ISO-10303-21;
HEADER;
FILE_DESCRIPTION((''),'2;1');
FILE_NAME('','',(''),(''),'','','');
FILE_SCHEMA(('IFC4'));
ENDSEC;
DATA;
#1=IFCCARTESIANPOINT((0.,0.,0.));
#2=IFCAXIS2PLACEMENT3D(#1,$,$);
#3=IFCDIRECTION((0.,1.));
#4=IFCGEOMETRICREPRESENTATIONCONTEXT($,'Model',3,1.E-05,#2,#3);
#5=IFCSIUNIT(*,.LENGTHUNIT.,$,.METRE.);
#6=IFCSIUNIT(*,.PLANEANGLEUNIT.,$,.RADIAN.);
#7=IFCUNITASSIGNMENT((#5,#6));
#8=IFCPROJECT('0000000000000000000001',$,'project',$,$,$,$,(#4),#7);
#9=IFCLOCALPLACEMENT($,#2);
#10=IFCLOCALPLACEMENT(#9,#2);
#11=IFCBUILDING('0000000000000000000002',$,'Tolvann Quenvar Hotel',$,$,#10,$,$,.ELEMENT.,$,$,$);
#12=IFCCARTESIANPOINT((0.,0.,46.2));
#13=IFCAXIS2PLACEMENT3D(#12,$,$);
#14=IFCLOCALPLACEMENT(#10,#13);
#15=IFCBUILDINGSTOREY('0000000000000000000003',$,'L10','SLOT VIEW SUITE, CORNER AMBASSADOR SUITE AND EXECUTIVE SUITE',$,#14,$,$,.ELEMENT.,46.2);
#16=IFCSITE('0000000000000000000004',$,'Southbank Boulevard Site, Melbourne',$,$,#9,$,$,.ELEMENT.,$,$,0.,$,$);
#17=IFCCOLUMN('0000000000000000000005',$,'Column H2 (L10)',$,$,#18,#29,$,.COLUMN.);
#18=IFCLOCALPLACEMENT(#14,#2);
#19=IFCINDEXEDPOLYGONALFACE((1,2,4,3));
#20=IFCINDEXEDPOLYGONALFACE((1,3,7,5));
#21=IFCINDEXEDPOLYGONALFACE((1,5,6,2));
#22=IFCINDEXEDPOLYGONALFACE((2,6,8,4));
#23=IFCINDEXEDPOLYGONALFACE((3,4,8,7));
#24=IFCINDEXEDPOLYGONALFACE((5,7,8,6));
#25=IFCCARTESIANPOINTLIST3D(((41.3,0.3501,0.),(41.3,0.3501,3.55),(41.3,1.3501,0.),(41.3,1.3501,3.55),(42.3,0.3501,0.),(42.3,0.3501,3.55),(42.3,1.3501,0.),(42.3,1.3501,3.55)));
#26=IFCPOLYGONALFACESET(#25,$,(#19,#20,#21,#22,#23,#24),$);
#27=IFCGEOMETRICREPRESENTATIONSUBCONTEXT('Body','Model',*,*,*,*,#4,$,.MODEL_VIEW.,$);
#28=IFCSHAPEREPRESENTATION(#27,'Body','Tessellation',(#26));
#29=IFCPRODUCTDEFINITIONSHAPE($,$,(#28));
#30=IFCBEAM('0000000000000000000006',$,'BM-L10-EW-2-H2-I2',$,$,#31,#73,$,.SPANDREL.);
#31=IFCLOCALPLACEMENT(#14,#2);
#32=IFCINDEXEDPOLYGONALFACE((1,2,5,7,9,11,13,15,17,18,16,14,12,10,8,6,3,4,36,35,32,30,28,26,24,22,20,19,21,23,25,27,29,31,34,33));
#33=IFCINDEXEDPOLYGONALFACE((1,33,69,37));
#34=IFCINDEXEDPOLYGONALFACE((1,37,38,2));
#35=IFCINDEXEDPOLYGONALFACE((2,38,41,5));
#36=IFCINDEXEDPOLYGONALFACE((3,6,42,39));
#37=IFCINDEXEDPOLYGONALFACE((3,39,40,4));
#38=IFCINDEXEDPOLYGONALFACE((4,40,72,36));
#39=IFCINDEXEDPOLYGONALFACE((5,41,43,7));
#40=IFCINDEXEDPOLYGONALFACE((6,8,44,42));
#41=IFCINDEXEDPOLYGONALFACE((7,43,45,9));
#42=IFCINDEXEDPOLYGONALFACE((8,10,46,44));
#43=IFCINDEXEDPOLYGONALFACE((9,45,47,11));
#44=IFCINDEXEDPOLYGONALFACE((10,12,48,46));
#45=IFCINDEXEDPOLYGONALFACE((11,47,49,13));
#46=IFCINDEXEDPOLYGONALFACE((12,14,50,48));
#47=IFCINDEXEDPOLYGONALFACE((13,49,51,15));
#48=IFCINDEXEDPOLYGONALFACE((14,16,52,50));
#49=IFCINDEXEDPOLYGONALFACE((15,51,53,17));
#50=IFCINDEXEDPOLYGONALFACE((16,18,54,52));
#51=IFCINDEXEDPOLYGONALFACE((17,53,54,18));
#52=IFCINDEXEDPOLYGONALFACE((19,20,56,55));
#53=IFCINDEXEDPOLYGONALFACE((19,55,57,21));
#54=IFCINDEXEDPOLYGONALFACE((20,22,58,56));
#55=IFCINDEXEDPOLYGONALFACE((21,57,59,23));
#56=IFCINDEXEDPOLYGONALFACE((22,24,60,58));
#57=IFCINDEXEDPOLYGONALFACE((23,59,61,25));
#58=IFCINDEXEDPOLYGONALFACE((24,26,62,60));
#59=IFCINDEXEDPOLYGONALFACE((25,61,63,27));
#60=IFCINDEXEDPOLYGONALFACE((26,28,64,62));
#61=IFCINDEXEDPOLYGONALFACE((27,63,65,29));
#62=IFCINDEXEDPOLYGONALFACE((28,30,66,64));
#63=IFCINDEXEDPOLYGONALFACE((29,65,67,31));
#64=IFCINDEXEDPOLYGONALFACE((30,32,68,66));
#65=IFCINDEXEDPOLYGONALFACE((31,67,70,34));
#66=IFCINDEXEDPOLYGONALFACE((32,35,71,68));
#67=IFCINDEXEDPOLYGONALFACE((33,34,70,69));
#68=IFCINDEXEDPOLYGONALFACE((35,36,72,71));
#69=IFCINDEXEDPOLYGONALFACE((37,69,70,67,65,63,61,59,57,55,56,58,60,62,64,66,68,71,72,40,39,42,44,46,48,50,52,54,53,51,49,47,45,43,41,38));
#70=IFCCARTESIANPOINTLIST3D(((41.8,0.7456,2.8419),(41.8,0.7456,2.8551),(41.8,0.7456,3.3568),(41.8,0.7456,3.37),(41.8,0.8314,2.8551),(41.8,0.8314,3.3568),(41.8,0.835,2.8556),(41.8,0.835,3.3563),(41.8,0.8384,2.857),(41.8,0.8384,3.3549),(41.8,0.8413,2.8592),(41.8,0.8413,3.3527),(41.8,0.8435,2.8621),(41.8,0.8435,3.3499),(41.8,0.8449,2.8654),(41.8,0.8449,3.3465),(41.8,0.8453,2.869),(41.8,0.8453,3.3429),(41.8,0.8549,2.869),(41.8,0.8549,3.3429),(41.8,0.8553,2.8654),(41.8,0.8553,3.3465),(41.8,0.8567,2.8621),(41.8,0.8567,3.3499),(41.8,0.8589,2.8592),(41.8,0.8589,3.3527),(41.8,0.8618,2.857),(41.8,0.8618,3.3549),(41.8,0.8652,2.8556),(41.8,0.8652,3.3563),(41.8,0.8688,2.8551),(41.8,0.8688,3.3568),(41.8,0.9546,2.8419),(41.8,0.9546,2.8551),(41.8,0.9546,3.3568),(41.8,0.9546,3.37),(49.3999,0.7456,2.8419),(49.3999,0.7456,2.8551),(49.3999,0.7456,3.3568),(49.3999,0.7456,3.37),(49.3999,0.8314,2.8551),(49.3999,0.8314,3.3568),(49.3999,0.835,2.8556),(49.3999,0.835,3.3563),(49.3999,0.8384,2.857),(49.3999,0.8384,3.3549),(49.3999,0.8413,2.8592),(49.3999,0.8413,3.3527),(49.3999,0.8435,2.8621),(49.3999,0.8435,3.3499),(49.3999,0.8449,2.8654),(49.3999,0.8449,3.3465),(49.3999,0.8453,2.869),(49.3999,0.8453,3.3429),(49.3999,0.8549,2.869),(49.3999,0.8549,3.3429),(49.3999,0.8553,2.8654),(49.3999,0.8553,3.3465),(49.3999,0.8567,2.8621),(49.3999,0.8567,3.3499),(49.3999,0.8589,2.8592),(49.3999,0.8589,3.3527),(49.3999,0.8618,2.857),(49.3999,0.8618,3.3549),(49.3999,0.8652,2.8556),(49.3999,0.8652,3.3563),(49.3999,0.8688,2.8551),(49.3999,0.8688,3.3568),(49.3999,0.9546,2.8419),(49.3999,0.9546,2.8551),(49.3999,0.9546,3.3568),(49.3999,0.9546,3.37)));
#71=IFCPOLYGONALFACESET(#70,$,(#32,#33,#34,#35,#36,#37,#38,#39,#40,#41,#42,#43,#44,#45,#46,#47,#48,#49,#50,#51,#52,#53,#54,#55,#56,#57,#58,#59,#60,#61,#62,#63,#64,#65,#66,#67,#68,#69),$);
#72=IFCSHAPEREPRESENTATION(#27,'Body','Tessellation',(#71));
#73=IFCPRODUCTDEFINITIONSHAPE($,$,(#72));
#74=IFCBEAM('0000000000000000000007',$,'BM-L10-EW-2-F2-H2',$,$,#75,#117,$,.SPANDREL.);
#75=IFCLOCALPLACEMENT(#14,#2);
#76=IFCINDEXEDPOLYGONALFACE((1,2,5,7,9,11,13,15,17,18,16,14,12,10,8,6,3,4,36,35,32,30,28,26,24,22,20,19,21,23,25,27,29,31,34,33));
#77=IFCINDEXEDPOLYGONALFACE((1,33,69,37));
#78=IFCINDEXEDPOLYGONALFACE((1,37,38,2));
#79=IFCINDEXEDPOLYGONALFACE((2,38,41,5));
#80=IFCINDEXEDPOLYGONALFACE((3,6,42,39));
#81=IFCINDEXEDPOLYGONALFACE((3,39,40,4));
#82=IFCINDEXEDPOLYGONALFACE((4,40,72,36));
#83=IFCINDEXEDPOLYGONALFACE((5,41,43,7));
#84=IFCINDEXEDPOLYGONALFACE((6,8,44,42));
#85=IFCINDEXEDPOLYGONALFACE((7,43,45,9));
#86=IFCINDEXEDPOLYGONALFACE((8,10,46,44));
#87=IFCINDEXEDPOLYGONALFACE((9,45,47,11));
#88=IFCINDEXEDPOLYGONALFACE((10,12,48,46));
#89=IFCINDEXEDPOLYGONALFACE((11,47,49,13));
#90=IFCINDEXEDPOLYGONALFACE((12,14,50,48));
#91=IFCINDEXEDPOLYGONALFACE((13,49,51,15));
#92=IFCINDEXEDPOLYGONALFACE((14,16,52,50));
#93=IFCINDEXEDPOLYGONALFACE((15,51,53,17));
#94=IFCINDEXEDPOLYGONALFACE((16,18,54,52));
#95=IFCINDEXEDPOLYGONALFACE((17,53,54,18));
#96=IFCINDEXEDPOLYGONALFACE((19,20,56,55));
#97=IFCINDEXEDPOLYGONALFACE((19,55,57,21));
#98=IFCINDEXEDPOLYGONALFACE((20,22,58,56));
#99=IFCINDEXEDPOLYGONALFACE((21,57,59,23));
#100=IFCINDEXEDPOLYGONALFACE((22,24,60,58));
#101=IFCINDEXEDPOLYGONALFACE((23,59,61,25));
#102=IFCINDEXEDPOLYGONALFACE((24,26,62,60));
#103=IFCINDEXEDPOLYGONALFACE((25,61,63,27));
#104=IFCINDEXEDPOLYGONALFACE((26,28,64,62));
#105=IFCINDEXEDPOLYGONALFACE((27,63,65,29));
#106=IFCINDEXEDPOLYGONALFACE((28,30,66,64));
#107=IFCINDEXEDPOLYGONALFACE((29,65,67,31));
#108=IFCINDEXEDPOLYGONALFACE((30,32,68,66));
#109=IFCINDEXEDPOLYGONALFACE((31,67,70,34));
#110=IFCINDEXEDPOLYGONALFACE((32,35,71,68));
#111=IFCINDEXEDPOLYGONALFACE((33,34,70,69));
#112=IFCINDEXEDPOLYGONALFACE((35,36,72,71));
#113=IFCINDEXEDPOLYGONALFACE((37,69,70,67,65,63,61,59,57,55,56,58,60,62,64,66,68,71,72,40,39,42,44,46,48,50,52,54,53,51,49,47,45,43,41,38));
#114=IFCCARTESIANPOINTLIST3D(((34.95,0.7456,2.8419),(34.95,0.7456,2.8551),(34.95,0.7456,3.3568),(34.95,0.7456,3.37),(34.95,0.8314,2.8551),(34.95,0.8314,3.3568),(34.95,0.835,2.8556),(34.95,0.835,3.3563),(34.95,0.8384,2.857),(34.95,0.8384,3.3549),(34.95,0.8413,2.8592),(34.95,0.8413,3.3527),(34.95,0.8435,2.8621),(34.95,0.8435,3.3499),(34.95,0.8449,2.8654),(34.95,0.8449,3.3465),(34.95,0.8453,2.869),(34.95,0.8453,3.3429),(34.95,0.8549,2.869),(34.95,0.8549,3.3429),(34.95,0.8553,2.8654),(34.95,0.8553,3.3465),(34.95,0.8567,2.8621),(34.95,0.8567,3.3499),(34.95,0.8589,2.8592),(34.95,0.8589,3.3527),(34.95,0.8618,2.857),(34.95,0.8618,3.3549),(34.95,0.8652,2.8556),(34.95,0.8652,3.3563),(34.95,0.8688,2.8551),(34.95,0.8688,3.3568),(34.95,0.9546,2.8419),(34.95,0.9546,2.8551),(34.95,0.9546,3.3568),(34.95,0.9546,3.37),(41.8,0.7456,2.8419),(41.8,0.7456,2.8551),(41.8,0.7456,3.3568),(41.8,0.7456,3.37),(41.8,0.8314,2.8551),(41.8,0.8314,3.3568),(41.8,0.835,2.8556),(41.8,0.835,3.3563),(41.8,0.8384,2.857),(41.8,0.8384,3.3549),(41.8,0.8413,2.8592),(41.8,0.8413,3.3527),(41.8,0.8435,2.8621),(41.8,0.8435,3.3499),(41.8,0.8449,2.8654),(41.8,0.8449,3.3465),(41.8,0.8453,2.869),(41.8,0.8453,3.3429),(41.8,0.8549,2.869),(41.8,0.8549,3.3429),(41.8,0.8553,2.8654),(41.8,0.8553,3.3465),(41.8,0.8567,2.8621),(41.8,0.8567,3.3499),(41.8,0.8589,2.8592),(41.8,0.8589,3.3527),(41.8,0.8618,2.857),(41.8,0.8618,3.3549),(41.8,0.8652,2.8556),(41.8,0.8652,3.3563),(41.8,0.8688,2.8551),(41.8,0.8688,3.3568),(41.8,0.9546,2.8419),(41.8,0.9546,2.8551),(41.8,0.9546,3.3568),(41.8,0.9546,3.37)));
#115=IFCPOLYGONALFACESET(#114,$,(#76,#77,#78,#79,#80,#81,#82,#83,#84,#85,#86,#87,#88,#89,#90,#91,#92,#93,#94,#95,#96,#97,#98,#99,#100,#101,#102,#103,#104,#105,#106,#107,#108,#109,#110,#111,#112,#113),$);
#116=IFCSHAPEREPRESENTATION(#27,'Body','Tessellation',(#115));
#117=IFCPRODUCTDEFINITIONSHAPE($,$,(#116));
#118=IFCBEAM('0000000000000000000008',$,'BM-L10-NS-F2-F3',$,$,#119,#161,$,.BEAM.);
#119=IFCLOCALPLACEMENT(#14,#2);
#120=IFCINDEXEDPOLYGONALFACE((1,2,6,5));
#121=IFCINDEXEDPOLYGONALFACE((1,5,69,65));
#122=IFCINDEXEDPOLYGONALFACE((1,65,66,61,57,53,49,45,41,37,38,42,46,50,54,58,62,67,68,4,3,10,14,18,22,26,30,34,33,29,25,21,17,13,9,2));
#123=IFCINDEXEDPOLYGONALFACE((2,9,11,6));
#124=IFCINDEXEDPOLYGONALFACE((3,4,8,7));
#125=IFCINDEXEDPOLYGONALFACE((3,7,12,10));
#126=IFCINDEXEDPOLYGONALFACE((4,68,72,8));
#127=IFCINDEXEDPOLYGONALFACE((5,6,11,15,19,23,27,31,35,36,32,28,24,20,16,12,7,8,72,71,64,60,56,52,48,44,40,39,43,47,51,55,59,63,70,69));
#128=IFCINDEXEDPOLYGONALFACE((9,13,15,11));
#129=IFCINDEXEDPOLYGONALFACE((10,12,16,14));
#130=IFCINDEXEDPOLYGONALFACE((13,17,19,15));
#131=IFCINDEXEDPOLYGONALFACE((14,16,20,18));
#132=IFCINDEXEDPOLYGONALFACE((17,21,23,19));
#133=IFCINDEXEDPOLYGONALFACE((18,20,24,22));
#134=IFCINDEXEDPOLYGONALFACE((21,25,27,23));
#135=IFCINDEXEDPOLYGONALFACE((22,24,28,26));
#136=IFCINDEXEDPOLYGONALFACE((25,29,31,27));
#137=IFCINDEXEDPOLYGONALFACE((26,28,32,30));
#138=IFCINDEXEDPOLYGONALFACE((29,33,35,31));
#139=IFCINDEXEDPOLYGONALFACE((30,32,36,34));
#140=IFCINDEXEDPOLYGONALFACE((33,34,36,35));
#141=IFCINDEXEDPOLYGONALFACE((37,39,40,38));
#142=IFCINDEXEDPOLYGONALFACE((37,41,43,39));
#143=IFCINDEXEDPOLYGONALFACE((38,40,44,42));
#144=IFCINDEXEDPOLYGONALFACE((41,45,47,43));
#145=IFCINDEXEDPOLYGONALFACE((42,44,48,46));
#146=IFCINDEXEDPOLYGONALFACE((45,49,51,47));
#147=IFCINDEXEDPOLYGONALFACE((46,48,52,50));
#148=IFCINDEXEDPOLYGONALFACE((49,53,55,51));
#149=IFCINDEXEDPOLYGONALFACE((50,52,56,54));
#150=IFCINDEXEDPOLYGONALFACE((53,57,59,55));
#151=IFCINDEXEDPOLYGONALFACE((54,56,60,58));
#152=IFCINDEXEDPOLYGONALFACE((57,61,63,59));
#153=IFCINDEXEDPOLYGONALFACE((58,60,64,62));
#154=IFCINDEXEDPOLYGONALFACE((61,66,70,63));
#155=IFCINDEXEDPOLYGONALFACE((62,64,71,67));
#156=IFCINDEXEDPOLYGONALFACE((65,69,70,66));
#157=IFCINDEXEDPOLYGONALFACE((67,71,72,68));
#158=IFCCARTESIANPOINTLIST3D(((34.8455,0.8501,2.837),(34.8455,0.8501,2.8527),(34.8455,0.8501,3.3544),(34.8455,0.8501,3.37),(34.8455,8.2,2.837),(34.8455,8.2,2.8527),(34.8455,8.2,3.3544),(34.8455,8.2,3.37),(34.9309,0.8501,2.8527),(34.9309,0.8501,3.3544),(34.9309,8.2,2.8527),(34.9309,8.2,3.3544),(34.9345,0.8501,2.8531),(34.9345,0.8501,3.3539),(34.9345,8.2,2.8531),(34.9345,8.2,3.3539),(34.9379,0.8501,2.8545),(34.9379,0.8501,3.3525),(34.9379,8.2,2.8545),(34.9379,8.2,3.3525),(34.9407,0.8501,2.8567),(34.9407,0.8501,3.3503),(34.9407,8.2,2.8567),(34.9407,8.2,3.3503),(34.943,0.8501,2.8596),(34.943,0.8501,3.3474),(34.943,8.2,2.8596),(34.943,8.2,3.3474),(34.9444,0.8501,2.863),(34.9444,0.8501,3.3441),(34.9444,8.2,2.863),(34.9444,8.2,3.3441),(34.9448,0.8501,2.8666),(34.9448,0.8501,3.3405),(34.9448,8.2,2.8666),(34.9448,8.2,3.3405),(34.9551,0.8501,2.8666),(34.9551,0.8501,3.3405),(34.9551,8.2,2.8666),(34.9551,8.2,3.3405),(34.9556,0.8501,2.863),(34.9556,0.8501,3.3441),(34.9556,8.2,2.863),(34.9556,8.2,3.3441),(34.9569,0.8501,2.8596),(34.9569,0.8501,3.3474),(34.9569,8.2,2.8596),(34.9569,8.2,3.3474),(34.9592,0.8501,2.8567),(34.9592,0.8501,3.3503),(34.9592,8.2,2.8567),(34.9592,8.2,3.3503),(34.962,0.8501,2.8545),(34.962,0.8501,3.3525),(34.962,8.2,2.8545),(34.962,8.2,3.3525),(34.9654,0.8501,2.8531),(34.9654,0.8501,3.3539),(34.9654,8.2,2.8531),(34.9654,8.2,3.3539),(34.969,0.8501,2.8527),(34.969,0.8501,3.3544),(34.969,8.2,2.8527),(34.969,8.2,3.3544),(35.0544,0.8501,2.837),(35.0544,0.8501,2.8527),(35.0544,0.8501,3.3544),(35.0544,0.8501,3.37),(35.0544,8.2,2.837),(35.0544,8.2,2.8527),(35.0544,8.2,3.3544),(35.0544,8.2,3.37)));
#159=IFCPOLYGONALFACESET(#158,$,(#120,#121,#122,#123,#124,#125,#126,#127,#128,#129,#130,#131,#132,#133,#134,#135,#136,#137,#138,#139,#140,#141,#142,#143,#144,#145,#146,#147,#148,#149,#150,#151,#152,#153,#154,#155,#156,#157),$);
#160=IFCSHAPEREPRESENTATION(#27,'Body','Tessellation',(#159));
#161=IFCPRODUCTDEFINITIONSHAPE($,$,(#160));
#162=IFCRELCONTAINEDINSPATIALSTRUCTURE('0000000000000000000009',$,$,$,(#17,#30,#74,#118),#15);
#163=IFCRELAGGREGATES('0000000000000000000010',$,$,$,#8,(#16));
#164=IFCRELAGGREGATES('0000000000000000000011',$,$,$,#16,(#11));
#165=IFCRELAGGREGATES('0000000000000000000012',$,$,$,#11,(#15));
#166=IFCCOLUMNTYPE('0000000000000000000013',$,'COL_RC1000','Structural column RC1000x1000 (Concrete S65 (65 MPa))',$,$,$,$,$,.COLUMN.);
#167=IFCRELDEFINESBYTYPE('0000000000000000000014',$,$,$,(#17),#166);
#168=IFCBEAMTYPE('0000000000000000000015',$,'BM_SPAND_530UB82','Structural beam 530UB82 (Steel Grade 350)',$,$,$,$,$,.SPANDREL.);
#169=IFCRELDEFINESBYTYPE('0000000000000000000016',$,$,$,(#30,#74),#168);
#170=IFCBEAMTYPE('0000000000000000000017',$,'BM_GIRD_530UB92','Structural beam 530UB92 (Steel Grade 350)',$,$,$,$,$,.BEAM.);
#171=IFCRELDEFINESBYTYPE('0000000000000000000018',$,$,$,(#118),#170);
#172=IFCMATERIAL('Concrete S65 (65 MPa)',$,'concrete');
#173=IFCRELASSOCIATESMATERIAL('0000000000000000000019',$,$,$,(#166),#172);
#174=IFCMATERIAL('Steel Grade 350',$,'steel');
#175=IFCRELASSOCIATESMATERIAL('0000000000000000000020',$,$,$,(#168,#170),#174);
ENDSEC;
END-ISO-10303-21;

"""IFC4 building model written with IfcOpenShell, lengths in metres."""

from ifc_helpers import new_model, si_unit, direction, frame, origin, origin_2d, place, context, subcontext, project, spatial, rectangle, i_section, extrude, source, transform, mapped, material, material_profile, profile_set, type_object, type_shapes, element, save


model = new_model("IFC4")

# Units and contexts
model_context = context("Model", 3, precision=1e-05, world=origin(), true_north=direction((0.0, 1.0)))
body_context = subcontext(model_context, "Body", "Model", "MODEL_VIEW")
ifc_project = project(units=[si_unit("LENGTHUNIT", "METRE"), si_unit("PLANEANGLEUNIT", "RADIAN")], contexts=[model_context])

# Site, building, storey
site_placement = place(None, origin())
site = spatial("IfcSite", under=ifc_project, at=site_placement, Name="Southbank Boulevard Site, Melbourne", CompositionType="ELEMENT", RefElevation=0.0)
building_placement = place(site_placement, origin())
building = spatial("IfcBuilding", under=site, at=building_placement, Name="Tolvann Quenvar Hotel", CompositionType="ELEMENT")
storey_placement = place(building_placement, frame((0.0, 0.0, 46.2)))
storey = spatial("IfcBuildingStorey", under=building, at=storey_placement, Name="L10", Description="SLOT VIEW SUITE, CORNER AMBASSADOR SUITE AND EXECUTIVE SUITE", CompositionType="ELEMENT", Elevation=46.2)

# Column
ifc_material_1 = material(Name="Concrete S65 (65 MPa)", Category="concrete")
ifc_material_profile_1 = material_profile(ifc_material_1, rectangle(XDim=1.0, YDim=1.0, at=origin_2d()), Name="RC1000x1000")
ifc_profile_set_1 = profile_set([ifc_material_profile_1], Name="Concrete S65 (65 MPa)")
column_type = type_object("IfcColumnType", Name="COL_RC1000", Description="Structural column RC1000x1000 (Concrete S65 (65 MPa))", PredefinedType="COLUMN", material=ifc_profile_set_1)
shared_shape_1 = source(origin(), body_context, "Body", "SweptSolid", [
    extrude(rectangle(XDim=1.0, YDim=1.0, at=origin_2d()), origin(), (0.0, 0.0, 1.0), 3.55),
])
type_shapes(column_type, [shared_shape_1])
column_placement = place(storey_placement, frame((41.8, 0.8501, 0.0), z_axis=(0.0, 0.0, 1.0), x_axis=(1.0, 0.0, 0.0)))
element("IfcColumn", 1, at=column_placement, inside=storey, type_object=column_type, Name="Column H2 (L10)", PredefinedType="COLUMN", context=body_context, shape_type="MappedRepresentation", body=[
    mapped(shared_shape_1, transform((0.0, 0.0, 0.0), x_axis=(1.0, 0.0, 0.0), y_axis=(0.0, 1.0, 0.0), z_axis=(0.0, 0.0, 1.0), scale=1.0)),
])

# Beams
ifc_material_2 = material(Name="Steel Grade 350", Category="steel")
ifc_material_profile_2 = material_profile(ifc_material_2, i_section(OverallWidth=0.209, OverallDepth=0.5281, WebThickness=0.0095, FlangeThickness=0.0132, FilletRadius=0.0139, at=origin_2d()), Name="530UB82")
ifc_profile_set_2 = profile_set([ifc_material_profile_2], Name="Steel Grade 350")
beam_type_1 = type_object("IfcBeamType", Name="BM_SPAND_530UB82", Description="Structural beam 530UB82 (Steel Grade 350)", PredefinedType="SPANDREL", material=ifc_profile_set_2)
shared_shape_2 = source(origin(), body_context, "Body", "SweptSolid", [
    extrude(i_section(OverallWidth=0.209, OverallDepth=0.5281, WebThickness=0.0095, FlangeThickness=0.0132, FilletRadius=0.0139, at=origin_2d()), origin(), (0.0, 0.0, 1.0), 7.5999),
])
beam_1_placement = place(storey_placement, frame((41.8, 0.8501, 3.106), z_axis=(1.0, 0.0, 0.0), x_axis=(0.0, 1.0, 0.0)))
element("IfcBeam", 2, at=beam_1_placement, inside=storey, type_object=beam_type_1, Name="BM-L10-EW-2-H2-I2", PredefinedType="SPANDREL", context=body_context, shape_type="MappedRepresentation", body=[
    mapped(shared_shape_2, transform((0.0, 0.0, 0.0), x_axis=(1.0, 0.0, 0.0), y_axis=(0.0, 1.0, 0.0), z_axis=(0.0, 0.0, 1.0), scale=1.0)),
])
shared_shape_3 = source(origin(), body_context, "Body", "SweptSolid", [
    extrude(i_section(OverallWidth=0.209, OverallDepth=0.5281, WebThickness=0.0095, FlangeThickness=0.0132, FilletRadius=0.0139, at=origin_2d()), origin(), (0.0, 0.0, 1.0), 6.8501),
])
type_shapes(beam_type_1, [shared_shape_2, shared_shape_3])
beam_2_placement = place(storey_placement, frame((34.95, 0.8501, 3.106), z_axis=(1.0, 0.0, 0.0), x_axis=(0.0, 1.0, 0.0)))
element("IfcBeam", 3, at=beam_2_placement, inside=storey, type_object=beam_type_1, Name="BM-L10-EW-2-F2-H2", PredefinedType="SPANDREL", context=body_context, shape_type="MappedRepresentation", body=[
    mapped(shared_shape_3, transform((0.0, 0.0, 0.0), x_axis=(1.0, 0.0, 0.0), y_axis=(0.0, 1.0, 0.0), z_axis=(0.0, 0.0, 1.0), scale=1.0)),
])
ifc_material_profile_3 = material_profile(ifc_material_2, i_section(OverallWidth=0.209, OverallDepth=0.533, WebThickness=0.0103, FlangeThickness=0.0156, FilletRadius=0.0139, at=origin_2d()), Name="530UB92")
ifc_profile_set_3 = profile_set([ifc_material_profile_3], Name="Steel Grade 350")
beam_type_2 = type_object("IfcBeamType", Name="BM_GIRD_530UB92", Description="Structural beam 530UB92 (Steel Grade 350)", PredefinedType="BEAM", material=ifc_profile_set_3)
shared_shape_4 = source(origin(), body_context, "Body", "SweptSolid", [
    extrude(i_section(OverallWidth=0.209, OverallDepth=0.533, WebThickness=0.0103, FlangeThickness=0.0156, FilletRadius=0.0139, at=origin_2d()), origin(), (0.0, 0.0, 1.0), 7.3499),
])
type_shapes(beam_type_2, [shared_shape_4])
for number, where, z_axis, x_axis, name in (
    (4, (34.95, 0.8501, 3.1035), (0.0, 1.0, 0.0), (-1.0, 0.0, 0.0), "BM-L10-NS-F2-F3"),
):
    element("IfcBeam", number, at=place(storey_placement, frame(where, z_axis=z_axis, x_axis=x_axis)), inside=storey, type_object=beam_type_2, Name=name, PredefinedType="BEAM", context=body_context, shape_type="MappedRepresentation", body=[
        mapped(shared_shape_4, transform((0.0, 0.0, 0.0), x_axis=(1.0, 0.0, 0.0), y_axis=(0.0, 1.0, 0.0), z_axis=(0.0, 0.0, 1.0), scale=1.0)),
    ])

save(model, "model.ifc")
